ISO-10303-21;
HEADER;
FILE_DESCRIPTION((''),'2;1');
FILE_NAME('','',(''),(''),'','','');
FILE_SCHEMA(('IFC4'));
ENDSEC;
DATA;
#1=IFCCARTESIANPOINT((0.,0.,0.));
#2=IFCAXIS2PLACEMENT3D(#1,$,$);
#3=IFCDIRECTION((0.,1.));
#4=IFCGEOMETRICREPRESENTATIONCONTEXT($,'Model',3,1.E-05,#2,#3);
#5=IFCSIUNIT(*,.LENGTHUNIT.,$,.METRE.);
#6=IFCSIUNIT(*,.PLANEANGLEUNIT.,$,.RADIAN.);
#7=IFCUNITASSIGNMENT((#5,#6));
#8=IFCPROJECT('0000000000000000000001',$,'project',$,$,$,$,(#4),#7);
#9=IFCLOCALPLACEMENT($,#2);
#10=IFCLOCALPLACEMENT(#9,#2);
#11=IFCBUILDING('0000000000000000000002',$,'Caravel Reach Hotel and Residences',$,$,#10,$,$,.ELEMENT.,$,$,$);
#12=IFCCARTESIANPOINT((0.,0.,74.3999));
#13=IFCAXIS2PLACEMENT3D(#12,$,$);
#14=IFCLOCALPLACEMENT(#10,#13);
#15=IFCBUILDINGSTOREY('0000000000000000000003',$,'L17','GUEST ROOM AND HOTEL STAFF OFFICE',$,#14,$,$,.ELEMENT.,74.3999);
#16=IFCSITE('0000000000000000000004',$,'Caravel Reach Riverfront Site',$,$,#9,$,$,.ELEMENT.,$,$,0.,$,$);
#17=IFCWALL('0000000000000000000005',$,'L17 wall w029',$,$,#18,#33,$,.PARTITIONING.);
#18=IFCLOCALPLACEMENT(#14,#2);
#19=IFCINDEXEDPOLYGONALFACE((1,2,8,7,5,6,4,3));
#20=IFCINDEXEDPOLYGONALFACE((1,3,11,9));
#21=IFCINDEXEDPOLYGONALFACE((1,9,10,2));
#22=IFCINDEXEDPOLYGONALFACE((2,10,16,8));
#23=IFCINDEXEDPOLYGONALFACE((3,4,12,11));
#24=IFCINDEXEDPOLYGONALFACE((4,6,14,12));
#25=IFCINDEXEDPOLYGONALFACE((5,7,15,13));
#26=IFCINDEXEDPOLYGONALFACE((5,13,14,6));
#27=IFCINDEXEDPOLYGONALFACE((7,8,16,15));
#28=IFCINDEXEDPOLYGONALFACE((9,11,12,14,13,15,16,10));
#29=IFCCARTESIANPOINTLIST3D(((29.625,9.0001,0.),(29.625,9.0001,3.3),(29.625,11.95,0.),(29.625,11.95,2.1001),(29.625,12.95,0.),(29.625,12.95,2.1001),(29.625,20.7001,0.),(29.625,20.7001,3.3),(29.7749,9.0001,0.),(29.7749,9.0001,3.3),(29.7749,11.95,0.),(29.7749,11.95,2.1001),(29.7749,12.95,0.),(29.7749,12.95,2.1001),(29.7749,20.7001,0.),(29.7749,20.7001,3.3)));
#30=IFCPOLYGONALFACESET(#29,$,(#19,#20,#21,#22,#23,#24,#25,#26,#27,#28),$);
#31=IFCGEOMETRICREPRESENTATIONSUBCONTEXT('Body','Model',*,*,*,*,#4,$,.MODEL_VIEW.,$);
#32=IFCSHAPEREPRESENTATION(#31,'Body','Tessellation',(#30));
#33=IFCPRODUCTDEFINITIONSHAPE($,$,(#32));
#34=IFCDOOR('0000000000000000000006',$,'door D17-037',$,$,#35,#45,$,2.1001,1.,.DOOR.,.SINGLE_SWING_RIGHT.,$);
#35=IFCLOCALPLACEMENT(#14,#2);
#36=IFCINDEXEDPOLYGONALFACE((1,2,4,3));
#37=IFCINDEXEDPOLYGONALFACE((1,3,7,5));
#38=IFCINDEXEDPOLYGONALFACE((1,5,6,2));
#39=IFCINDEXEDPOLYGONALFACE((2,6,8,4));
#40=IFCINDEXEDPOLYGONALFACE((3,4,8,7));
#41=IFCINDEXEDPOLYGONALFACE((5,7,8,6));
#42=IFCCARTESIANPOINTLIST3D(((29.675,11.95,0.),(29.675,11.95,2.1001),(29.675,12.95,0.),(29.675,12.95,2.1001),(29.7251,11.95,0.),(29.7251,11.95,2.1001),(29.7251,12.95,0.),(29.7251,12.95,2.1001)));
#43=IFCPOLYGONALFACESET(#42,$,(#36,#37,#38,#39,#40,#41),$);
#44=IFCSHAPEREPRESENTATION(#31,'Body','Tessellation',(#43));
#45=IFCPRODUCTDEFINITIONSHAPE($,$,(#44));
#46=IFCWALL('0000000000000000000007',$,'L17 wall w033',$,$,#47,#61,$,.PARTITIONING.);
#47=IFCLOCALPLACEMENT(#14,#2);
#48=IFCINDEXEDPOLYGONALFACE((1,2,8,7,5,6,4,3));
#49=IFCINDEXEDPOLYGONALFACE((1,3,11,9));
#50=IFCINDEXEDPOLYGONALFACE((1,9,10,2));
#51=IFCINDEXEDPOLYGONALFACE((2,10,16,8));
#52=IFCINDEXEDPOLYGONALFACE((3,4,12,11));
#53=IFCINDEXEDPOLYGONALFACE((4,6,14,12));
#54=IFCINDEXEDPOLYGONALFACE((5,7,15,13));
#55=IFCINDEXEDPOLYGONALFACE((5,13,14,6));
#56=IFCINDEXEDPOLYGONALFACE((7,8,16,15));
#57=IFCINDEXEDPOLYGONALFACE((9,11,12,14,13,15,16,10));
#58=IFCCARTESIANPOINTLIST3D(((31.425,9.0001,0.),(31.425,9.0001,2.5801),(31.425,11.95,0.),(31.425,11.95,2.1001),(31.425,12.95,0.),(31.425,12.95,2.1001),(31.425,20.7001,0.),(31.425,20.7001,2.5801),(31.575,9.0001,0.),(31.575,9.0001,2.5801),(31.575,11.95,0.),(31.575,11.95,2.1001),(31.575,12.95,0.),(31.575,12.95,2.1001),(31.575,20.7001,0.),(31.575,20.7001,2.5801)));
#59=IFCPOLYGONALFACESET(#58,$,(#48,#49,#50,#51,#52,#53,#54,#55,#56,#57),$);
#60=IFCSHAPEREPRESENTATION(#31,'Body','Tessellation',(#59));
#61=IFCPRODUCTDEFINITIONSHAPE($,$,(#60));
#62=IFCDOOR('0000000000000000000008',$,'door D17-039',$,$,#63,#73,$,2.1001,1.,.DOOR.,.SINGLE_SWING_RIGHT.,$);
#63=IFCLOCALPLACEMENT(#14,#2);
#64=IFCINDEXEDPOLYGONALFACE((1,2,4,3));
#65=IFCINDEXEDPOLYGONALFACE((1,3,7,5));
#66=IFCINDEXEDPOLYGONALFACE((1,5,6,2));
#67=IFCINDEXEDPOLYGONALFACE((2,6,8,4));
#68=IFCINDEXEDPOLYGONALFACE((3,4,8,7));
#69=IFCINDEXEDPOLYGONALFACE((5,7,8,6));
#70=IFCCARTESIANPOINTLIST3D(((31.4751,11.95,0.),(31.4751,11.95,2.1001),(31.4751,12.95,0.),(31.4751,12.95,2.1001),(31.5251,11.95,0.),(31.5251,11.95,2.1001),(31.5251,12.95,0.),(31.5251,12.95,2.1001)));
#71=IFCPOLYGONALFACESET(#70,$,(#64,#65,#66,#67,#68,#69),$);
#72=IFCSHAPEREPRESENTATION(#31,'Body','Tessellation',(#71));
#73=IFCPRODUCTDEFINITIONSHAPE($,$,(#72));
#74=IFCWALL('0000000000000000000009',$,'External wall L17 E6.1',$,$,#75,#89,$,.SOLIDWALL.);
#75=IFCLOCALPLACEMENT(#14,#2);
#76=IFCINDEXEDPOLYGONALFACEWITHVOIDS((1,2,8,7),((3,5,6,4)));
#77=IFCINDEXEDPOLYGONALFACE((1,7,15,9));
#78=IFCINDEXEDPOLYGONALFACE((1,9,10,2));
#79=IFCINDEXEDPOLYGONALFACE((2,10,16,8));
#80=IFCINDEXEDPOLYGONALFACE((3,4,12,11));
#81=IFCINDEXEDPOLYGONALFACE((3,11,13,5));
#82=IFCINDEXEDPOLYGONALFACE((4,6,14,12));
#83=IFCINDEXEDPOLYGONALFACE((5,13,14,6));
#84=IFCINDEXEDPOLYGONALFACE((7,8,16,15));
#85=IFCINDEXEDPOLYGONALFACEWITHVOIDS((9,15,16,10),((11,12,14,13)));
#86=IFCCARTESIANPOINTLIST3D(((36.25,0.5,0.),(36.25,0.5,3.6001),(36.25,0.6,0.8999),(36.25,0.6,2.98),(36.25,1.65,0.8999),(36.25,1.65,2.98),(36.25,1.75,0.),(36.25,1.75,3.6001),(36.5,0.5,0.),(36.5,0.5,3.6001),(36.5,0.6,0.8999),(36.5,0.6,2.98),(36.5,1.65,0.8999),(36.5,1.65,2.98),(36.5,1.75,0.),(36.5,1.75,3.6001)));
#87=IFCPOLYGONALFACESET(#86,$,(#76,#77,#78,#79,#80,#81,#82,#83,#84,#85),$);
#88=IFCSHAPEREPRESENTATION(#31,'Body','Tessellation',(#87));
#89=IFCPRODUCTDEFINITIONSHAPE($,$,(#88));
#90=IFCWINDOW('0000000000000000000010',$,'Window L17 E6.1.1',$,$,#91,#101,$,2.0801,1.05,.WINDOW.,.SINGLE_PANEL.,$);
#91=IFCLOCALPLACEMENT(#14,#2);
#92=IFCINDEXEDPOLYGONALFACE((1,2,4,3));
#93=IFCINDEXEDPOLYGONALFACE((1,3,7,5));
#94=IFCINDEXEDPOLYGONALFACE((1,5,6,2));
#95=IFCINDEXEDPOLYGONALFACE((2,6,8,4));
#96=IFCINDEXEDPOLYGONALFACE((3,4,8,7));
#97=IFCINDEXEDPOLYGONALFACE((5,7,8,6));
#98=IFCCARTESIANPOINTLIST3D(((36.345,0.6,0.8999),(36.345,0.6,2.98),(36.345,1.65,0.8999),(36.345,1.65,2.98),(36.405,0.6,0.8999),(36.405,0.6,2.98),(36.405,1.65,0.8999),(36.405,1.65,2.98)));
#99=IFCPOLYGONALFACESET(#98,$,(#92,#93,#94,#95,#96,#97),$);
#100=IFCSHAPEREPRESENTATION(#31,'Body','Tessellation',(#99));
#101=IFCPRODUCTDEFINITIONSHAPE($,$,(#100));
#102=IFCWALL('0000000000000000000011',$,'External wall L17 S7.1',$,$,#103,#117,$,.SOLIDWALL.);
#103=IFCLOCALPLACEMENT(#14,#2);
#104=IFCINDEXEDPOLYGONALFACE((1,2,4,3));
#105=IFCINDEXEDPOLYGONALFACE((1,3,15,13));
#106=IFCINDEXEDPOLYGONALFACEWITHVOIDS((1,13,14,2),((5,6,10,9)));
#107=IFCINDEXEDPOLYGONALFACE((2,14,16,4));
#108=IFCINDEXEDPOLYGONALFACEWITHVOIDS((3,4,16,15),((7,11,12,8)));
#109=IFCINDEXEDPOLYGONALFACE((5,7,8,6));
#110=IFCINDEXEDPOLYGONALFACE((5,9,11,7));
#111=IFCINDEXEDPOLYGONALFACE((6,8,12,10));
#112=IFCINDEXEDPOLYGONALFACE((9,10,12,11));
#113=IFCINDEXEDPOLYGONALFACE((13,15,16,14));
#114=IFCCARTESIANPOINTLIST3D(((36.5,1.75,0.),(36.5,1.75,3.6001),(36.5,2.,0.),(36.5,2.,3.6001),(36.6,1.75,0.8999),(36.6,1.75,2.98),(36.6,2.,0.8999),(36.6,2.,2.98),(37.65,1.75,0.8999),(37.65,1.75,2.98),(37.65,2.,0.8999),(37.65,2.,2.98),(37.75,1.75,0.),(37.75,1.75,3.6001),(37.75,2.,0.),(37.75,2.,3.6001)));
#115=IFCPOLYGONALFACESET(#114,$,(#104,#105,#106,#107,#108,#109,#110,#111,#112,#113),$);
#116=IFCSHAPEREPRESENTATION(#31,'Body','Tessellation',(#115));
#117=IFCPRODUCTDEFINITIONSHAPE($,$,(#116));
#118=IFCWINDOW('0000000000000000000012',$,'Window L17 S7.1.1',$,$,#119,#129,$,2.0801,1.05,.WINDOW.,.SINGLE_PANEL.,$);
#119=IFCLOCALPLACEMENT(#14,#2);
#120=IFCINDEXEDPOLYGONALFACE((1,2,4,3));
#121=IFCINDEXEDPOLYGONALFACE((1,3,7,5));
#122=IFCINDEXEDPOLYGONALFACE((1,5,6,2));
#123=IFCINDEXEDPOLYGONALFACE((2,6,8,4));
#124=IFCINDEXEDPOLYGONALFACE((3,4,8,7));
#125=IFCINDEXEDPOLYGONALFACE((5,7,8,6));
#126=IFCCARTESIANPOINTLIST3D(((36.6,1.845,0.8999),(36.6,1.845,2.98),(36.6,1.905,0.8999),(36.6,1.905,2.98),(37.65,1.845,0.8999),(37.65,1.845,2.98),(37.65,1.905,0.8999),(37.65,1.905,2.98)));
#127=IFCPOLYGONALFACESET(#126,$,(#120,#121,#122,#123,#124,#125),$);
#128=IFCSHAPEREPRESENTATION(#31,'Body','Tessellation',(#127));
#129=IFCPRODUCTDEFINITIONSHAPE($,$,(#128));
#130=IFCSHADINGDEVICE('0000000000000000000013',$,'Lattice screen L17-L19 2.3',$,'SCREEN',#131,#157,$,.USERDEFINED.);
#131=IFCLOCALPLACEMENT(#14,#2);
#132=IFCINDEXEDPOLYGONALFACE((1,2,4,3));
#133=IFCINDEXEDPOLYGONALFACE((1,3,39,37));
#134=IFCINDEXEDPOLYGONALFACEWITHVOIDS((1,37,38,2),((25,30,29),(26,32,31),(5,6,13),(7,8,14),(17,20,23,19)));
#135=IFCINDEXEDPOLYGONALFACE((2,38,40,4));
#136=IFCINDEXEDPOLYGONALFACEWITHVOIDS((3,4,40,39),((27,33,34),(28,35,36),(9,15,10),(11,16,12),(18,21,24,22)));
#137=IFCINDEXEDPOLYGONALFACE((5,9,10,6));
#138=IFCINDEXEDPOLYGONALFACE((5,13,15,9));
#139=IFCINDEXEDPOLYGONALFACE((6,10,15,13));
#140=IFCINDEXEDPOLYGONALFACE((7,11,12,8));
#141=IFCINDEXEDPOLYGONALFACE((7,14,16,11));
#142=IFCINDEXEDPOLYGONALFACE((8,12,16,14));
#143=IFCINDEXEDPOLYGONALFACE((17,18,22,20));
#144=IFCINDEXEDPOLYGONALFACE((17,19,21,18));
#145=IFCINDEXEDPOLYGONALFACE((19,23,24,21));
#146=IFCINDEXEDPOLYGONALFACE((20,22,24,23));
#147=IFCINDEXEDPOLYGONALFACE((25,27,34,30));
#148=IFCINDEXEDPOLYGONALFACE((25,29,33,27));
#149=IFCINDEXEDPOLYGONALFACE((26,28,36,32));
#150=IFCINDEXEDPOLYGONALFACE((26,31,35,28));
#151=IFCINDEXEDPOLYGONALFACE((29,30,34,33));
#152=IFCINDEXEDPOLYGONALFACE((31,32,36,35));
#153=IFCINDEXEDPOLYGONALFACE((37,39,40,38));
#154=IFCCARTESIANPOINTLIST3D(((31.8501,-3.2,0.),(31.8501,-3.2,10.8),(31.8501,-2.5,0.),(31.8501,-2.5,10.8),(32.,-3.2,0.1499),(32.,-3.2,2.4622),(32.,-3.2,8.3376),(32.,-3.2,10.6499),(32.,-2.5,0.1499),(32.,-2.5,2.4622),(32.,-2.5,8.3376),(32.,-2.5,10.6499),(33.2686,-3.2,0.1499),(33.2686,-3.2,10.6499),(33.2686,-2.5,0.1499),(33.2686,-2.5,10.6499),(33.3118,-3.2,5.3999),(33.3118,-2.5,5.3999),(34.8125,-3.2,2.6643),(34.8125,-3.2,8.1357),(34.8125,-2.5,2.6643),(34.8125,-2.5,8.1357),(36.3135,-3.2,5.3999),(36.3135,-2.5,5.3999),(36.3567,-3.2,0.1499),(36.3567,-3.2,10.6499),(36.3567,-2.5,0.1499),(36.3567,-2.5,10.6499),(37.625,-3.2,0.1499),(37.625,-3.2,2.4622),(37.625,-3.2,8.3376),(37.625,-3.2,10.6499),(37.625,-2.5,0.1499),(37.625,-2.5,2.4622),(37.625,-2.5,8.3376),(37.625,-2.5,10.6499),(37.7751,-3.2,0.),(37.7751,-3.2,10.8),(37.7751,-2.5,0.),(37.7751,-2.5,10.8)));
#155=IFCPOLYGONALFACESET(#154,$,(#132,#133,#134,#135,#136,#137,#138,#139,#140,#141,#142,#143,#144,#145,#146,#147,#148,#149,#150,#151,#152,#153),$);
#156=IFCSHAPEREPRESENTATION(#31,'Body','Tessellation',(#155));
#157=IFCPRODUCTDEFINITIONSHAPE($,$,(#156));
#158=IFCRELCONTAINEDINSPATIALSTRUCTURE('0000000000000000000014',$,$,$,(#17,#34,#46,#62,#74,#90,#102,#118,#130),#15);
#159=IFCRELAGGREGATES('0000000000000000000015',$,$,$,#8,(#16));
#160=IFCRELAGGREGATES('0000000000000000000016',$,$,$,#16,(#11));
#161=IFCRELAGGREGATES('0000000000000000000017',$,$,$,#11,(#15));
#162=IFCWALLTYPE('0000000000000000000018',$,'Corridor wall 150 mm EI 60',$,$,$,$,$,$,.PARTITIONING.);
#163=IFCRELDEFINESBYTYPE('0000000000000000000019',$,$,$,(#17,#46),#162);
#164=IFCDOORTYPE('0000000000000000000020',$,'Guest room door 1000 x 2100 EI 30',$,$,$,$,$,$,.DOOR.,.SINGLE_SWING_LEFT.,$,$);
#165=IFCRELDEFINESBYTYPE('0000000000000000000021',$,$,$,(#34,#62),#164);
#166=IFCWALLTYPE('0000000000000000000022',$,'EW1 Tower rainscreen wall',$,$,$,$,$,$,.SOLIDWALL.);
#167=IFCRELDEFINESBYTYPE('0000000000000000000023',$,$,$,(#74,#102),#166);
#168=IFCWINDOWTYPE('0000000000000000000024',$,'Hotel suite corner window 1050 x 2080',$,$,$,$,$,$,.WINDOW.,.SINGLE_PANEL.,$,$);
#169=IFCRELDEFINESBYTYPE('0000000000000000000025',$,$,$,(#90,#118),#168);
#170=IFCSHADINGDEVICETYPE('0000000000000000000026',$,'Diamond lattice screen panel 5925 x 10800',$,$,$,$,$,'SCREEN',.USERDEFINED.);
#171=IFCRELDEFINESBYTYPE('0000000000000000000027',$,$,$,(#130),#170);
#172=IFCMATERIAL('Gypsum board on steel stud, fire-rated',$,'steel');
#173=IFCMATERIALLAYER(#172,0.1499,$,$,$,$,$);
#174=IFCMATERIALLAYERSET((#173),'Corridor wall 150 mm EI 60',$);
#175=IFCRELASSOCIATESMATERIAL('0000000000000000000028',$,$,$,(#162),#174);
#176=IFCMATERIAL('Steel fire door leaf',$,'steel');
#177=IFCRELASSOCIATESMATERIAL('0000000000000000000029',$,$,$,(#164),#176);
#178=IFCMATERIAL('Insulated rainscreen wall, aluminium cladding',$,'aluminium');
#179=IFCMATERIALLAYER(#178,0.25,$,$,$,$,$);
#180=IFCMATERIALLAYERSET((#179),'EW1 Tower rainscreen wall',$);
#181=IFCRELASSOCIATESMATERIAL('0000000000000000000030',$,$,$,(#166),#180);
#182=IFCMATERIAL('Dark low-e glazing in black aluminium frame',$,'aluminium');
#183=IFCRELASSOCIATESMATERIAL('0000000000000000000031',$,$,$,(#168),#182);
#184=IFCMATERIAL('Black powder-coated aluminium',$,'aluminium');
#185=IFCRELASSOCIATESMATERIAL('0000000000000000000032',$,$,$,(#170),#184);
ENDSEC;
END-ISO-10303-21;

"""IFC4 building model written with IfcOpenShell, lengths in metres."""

from ifc_helpers import new_model, si_unit, direction, frame, frame_2d, origin, place, context, subcontext, project, spatial, polyline, rectangle, outline, extrude, material, layer, layer_set, type_object, element, fill, save


model = new_model("IFC4")

# Units and contexts
model_context = context("Model", 3, precision=1e-05, world=origin(), true_north=direction((0.0, 1.0)))
body_context = subcontext(model_context, "Body", "Model", "MODEL_VIEW")
ifc_project = project(units=[si_unit("LENGTHUNIT", "METRE"), si_unit("PLANEANGLEUNIT", "RADIAN")], contexts=[model_context])

# Site, building, storey
site_placement = place(None, origin())
site = spatial("IfcSite", under=ifc_project, at=site_placement, Name="Caravel Reach Riverfront Site", CompositionType="ELEMENT", RefElevation=0.0)
building_placement = place(site_placement, origin())
building = spatial("IfcBuilding", under=site, at=building_placement, Name="Caravel Reach Hotel and Residences", CompositionType="ELEMENT")
storey_placement = place(building_placement, frame((0.0, 0.0, 74.3999)))
storey = spatial("IfcBuildingStorey", under=building, at=storey_placement, Name="L17", Description="GUEST ROOM AND HOTEL STAFF OFFICE", CompositionType="ELEMENT", Elevation=74.3999)

# Walls, openings, doors
ifc_material_1 = material(Name="Gypsum board on steel stud, fire-rated", Category="steel")
ifc_layer_1 = layer(ifc_material_1, 0.1499)
ifc_layer_set_1 = layer_set([ifc_layer_1], Name="Corridor wall 150 mm EI 60")
wall_type_1 = type_object("IfcWallType", Name="Corridor wall 150 mm EI 60", PredefinedType="PARTITIONING", material=ifc_layer_set_1)
wall_1_placement = place(storey_placement, frame((29.7, 9.0, 0.0), z_axis=(0.0, 0.0, 1.0), x_axis=(0.0, 1.0, 0.0)))
wall_1 = element("IfcWall", 1, at=wall_1_placement, inside=storey, type_object=wall_type_1, Name="L17 wall w029", PredefinedType="PARTITIONING", context=body_context, shape_type="SweptSolid", body=[
    extrude(rectangle(XDim=11.7, YDim=0.1499, at=frame_2d((5.8501, 0.0))), origin(), (0.0, 0.0, 1.0), 3.3),
])
opening_1_placement = place(wall_1_placement, frame((2.95, 0.0, 0.0)))
opening_1 = element("IfcOpeningElement", 2, at=opening_1_placement, cuts=wall_1, PredefinedType="OPENING", context=body_context, shape_type="SweptSolid", body=[
    extrude(rectangle(XDim=1.0, YDim=2.1001, at=frame_2d((0.5, 1.05))), frame((0.0, 0.085, 0.0), z_axis=(0.0, -1.0, 0.0), x_axis=(1.0, 0.0, 0.0)), (0.0, 0.0, 1.0), 0.1699),
])
ifc_material_2 = material(Name="Steel fire door leaf", Category="steel")
door_type = type_object("IfcDoorType", Name="Guest room door 1000 x 2100 EI 30", OperationType="SINGLE_SWING_LEFT", PredefinedType="DOOR", material=ifc_material_2)
door_1_placement = place(opening_1_placement, origin())
door_1 = element("IfcDoor", 3, at=door_1_placement, inside=storey, type_object=door_type, Name="door D17-037", OperationType="SINGLE_SWING_RIGHT", OverallHeight=2.1001, OverallWidth=1.0, PredefinedType="DOOR", context=body_context, shape_type="SweptSolid", body=[
    extrude(rectangle(XDim=1.0, YDim=2.1001, at=frame_2d((0.5, 1.05))), frame((0.0, 0.0249, 0.0), z_axis=(0.0, -1.0, 0.0), x_axis=(1.0, 0.0, 0.0)), (0.0, 0.0, 1.0), 0.05),
])
fill(opening_1, door_1)
wall_2_placement = place(storey_placement, frame((31.5, 9.0, 0.0), z_axis=(0.0, 0.0, 1.0), x_axis=(0.0, 1.0, 0.0)))
wall_2 = element("IfcWall", 4, at=wall_2_placement, inside=storey, type_object=wall_type_1, Name="L17 wall w033", PredefinedType="PARTITIONING", context=body_context, shape_type="SweptSolid", body=[
    extrude(rectangle(XDim=11.7, YDim=0.1499, at=frame_2d((5.8501, 0.0))), origin(), (0.0, 0.0, 1.0), 2.5801),
])
opening_2_placement = place(wall_2_placement, frame((2.95, 0.0, 0.0)))
opening_2 = element("IfcOpeningElement", 5, at=opening_2_placement, cuts=wall_2, PredefinedType="OPENING", context=body_context, shape_type="SweptSolid", body=[
    extrude(rectangle(XDim=1.0, YDim=2.1001, at=frame_2d((0.5, 1.05))), frame((0.0, 0.085, 0.0), z_axis=(0.0, -1.0, 0.0), x_axis=(1.0, 0.0, 0.0)), (0.0, 0.0, 1.0), 0.1699),
])
door_2_placement = place(opening_2_placement, origin())
door_2 = element("IfcDoor", 6, at=door_2_placement, inside=storey, type_object=door_type, Name="door D17-039", OperationType="SINGLE_SWING_RIGHT", OverallHeight=2.1001, OverallWidth=1.0, PredefinedType="DOOR", context=body_context, shape_type="SweptSolid", body=[
    extrude(rectangle(XDim=1.0, YDim=2.1001, at=frame_2d((0.5, 1.05))), frame((0.0, 0.0249, 0.0), z_axis=(0.0, -1.0, 0.0), x_axis=(1.0, 0.0, 0.0)), (0.0, 0.0, 1.0), 0.05),
])
fill(opening_2, door_2)

# Walls, openings, windows
ifc_material_3 = material(Name="Insulated rainscreen wall, aluminium cladding", Category="aluminium")
ifc_layer_2 = layer(ifc_material_3, 0.25)
ifc_layer_set_2 = layer_set([ifc_layer_2], Name="EW1 Tower rainscreen wall")
wall_type_2 = type_object("IfcWallType", Name="EW1 Tower rainscreen wall", PredefinedType="SOLIDWALL", material=ifc_layer_set_2)
wall_3_placement = place(storey_placement, frame((36.375, 0.5, 0.0), z_axis=(0.0, 0.0, 1.0), x_axis=(0.0, 1.0, 0.0)))
wall_3 = element("IfcWall", 7, at=wall_3_placement, inside=storey, type_object=wall_type_2, Name="External wall L17 E6.1", PredefinedType="SOLIDWALL", context=body_context, shape_type="SweptSolid", body=[
    extrude(rectangle(XDim=1.25, YDim=0.25, at=frame_2d((0.625, 0.0))), origin(), (0.0, 0.0, 1.0), 3.6001),
])
opening_3_placement = place(wall_3_placement, frame((0.1001, 0.0, 0.8999)))
opening_3 = element("IfcOpeningElement", 8, at=opening_3_placement, cuts=wall_3, PredefinedType="OPENING", context=body_context, shape_type="SweptSolid", body=[
    extrude(rectangle(XDim=1.05, YDim=2.0801, at=frame_2d((0.5249, 1.04))), frame((0.0, 0.135, 0.0), z_axis=(0.0, -1.0, 0.0), x_axis=(1.0, 0.0, 0.0)), (0.0, 0.0, 1.0), 0.27),
])
ifc_material_4 = material(Name="Dark low-e glazing in black aluminium frame", Category="aluminium")
window_type = type_object("IfcWindowType", Name="Hotel suite corner window 1050 x 2080", PartitioningType="SINGLE_PANEL", PredefinedType="WINDOW", material=ifc_material_4)
window_1_placement = place(opening_3_placement, origin())
window_1 = element("IfcWindow", 9, at=window_1_placement, inside=storey, type_object=window_type, Name="Window L17 E6.1.1", OverallHeight=2.0801, OverallWidth=1.05, PartitioningType="SINGLE_PANEL", PredefinedType="WINDOW", context=body_context, shape_type="SweptSolid", body=[
    extrude(rectangle(XDim=1.05, YDim=2.0801, at=frame_2d((0.5249, 1.04))), frame((0.0, 0.03, 0.0), z_axis=(0.0, -1.0, 0.0), x_axis=(1.0, 0.0, 0.0)), (0.0, 0.0, 1.0), 0.0601),
])
fill(opening_3, window_1)
wall_4_placement = place(storey_placement, frame((36.5, 1.875, 0.0), z_axis=(0.0, 0.0, 1.0), x_axis=(1.0, 0.0, 0.0)))
wall_4 = element("IfcWall", 10, at=wall_4_placement, inside=storey, type_object=wall_type_2, Name="External wall L17 S7.1", PredefinedType="SOLIDWALL", context=body_context, shape_type="SweptSolid", body=[
    extrude(rectangle(XDim=1.25, YDim=0.25, at=frame_2d((0.625, 0.0))), origin(), (0.0, 0.0, 1.0), 3.6001),
])
opening_4_placement = place(wall_4_placement, frame((0.1001, 0.0, 0.8999)))
opening_4 = element("IfcOpeningElement", 11, at=opening_4_placement, cuts=wall_4, PredefinedType="OPENING", context=body_context, shape_type="SweptSolid", body=[
    extrude(rectangle(XDim=1.05, YDim=2.0801, at=frame_2d((0.5249, 1.04))), frame((0.0, 0.135, 0.0), z_axis=(0.0, -1.0, 0.0), x_axis=(1.0, 0.0, 0.0)), (0.0, 0.0, 1.0), 0.27),
])
window_2_placement = place(opening_4_placement, origin())
window_2 = element("IfcWindow", 12, at=window_2_placement, inside=storey, type_object=window_type, Name="Window L17 S7.1.1", OverallHeight=2.0801, OverallWidth=1.05, PartitioningType="SINGLE_PANEL", PredefinedType="WINDOW", context=body_context, shape_type="SweptSolid", body=[
    extrude(rectangle(XDim=1.05, YDim=2.0801, at=frame_2d((0.5249, 1.04))), frame((0.0, 0.03, 0.0), z_axis=(0.0, -1.0, 0.0), x_axis=(1.0, 0.0, 0.0)), (0.0, 0.0, 1.0), 0.0601),
])
fill(opening_4, window_2)

# Shading device
ifc_material_5 = material(Name="Black powder-coated aluminium", Category="aluminium")
shading_device_type = type_object("IfcShadingDeviceType", Name="Diamond lattice screen panel 5925 x 10800", ElementType="SCREEN", PredefinedType="USERDEFINED", material=ifc_material_5)
for number, where, z_axis, x_axis, name in (
    (13, (31.8501, -2.5, 0.0), (0.0, -1.0, 0.0), (1.0, 0.0, 0.0), "Lattice screen L17-L19 2.3"),
):
    element("IfcShadingDevice", number, at=place(storey_placement, frame(where, z_axis=z_axis, x_axis=x_axis)), inside=storey, type_object=shading_device_type, Name=name, ObjectType="SCREEN", PredefinedType="USERDEFINED", context=body_context, shape_type="SweptSolid", body=[
        extrude(outline(polyline([(0.0, 0.0), (5.925, 0.0), (5.925, 10.8), (0.0, 10.8), (0.0, 0.0)]), holes=[polyline([(1.4185, 0.1499), (0.1499, 2.4622), (0.1499, 0.1499), (1.4185, 0.1499)]), polyline([(0.1499, 8.3376), (1.4185, 10.6499), (0.1499, 10.6499), (0.1499, 8.3376)]), polyline([(2.9624, 8.1357), (1.4617, 5.3999), (2.9624, 2.6643), (4.4634, 5.3999), (2.9624, 8.1357)]), polyline([(5.7749, 2.4622), (4.5066, 0.1499), (5.7749, 0.1499), (5.7749, 2.4622)]), polyline([(4.5066, 10.6499), (5.7749, 8.3376), (5.7749, 10.6499), (4.5066, 10.6499)])]), origin(), (0.0, 0.0, 1.0), 0.7),
    ])

save(model, "model.ifc")
